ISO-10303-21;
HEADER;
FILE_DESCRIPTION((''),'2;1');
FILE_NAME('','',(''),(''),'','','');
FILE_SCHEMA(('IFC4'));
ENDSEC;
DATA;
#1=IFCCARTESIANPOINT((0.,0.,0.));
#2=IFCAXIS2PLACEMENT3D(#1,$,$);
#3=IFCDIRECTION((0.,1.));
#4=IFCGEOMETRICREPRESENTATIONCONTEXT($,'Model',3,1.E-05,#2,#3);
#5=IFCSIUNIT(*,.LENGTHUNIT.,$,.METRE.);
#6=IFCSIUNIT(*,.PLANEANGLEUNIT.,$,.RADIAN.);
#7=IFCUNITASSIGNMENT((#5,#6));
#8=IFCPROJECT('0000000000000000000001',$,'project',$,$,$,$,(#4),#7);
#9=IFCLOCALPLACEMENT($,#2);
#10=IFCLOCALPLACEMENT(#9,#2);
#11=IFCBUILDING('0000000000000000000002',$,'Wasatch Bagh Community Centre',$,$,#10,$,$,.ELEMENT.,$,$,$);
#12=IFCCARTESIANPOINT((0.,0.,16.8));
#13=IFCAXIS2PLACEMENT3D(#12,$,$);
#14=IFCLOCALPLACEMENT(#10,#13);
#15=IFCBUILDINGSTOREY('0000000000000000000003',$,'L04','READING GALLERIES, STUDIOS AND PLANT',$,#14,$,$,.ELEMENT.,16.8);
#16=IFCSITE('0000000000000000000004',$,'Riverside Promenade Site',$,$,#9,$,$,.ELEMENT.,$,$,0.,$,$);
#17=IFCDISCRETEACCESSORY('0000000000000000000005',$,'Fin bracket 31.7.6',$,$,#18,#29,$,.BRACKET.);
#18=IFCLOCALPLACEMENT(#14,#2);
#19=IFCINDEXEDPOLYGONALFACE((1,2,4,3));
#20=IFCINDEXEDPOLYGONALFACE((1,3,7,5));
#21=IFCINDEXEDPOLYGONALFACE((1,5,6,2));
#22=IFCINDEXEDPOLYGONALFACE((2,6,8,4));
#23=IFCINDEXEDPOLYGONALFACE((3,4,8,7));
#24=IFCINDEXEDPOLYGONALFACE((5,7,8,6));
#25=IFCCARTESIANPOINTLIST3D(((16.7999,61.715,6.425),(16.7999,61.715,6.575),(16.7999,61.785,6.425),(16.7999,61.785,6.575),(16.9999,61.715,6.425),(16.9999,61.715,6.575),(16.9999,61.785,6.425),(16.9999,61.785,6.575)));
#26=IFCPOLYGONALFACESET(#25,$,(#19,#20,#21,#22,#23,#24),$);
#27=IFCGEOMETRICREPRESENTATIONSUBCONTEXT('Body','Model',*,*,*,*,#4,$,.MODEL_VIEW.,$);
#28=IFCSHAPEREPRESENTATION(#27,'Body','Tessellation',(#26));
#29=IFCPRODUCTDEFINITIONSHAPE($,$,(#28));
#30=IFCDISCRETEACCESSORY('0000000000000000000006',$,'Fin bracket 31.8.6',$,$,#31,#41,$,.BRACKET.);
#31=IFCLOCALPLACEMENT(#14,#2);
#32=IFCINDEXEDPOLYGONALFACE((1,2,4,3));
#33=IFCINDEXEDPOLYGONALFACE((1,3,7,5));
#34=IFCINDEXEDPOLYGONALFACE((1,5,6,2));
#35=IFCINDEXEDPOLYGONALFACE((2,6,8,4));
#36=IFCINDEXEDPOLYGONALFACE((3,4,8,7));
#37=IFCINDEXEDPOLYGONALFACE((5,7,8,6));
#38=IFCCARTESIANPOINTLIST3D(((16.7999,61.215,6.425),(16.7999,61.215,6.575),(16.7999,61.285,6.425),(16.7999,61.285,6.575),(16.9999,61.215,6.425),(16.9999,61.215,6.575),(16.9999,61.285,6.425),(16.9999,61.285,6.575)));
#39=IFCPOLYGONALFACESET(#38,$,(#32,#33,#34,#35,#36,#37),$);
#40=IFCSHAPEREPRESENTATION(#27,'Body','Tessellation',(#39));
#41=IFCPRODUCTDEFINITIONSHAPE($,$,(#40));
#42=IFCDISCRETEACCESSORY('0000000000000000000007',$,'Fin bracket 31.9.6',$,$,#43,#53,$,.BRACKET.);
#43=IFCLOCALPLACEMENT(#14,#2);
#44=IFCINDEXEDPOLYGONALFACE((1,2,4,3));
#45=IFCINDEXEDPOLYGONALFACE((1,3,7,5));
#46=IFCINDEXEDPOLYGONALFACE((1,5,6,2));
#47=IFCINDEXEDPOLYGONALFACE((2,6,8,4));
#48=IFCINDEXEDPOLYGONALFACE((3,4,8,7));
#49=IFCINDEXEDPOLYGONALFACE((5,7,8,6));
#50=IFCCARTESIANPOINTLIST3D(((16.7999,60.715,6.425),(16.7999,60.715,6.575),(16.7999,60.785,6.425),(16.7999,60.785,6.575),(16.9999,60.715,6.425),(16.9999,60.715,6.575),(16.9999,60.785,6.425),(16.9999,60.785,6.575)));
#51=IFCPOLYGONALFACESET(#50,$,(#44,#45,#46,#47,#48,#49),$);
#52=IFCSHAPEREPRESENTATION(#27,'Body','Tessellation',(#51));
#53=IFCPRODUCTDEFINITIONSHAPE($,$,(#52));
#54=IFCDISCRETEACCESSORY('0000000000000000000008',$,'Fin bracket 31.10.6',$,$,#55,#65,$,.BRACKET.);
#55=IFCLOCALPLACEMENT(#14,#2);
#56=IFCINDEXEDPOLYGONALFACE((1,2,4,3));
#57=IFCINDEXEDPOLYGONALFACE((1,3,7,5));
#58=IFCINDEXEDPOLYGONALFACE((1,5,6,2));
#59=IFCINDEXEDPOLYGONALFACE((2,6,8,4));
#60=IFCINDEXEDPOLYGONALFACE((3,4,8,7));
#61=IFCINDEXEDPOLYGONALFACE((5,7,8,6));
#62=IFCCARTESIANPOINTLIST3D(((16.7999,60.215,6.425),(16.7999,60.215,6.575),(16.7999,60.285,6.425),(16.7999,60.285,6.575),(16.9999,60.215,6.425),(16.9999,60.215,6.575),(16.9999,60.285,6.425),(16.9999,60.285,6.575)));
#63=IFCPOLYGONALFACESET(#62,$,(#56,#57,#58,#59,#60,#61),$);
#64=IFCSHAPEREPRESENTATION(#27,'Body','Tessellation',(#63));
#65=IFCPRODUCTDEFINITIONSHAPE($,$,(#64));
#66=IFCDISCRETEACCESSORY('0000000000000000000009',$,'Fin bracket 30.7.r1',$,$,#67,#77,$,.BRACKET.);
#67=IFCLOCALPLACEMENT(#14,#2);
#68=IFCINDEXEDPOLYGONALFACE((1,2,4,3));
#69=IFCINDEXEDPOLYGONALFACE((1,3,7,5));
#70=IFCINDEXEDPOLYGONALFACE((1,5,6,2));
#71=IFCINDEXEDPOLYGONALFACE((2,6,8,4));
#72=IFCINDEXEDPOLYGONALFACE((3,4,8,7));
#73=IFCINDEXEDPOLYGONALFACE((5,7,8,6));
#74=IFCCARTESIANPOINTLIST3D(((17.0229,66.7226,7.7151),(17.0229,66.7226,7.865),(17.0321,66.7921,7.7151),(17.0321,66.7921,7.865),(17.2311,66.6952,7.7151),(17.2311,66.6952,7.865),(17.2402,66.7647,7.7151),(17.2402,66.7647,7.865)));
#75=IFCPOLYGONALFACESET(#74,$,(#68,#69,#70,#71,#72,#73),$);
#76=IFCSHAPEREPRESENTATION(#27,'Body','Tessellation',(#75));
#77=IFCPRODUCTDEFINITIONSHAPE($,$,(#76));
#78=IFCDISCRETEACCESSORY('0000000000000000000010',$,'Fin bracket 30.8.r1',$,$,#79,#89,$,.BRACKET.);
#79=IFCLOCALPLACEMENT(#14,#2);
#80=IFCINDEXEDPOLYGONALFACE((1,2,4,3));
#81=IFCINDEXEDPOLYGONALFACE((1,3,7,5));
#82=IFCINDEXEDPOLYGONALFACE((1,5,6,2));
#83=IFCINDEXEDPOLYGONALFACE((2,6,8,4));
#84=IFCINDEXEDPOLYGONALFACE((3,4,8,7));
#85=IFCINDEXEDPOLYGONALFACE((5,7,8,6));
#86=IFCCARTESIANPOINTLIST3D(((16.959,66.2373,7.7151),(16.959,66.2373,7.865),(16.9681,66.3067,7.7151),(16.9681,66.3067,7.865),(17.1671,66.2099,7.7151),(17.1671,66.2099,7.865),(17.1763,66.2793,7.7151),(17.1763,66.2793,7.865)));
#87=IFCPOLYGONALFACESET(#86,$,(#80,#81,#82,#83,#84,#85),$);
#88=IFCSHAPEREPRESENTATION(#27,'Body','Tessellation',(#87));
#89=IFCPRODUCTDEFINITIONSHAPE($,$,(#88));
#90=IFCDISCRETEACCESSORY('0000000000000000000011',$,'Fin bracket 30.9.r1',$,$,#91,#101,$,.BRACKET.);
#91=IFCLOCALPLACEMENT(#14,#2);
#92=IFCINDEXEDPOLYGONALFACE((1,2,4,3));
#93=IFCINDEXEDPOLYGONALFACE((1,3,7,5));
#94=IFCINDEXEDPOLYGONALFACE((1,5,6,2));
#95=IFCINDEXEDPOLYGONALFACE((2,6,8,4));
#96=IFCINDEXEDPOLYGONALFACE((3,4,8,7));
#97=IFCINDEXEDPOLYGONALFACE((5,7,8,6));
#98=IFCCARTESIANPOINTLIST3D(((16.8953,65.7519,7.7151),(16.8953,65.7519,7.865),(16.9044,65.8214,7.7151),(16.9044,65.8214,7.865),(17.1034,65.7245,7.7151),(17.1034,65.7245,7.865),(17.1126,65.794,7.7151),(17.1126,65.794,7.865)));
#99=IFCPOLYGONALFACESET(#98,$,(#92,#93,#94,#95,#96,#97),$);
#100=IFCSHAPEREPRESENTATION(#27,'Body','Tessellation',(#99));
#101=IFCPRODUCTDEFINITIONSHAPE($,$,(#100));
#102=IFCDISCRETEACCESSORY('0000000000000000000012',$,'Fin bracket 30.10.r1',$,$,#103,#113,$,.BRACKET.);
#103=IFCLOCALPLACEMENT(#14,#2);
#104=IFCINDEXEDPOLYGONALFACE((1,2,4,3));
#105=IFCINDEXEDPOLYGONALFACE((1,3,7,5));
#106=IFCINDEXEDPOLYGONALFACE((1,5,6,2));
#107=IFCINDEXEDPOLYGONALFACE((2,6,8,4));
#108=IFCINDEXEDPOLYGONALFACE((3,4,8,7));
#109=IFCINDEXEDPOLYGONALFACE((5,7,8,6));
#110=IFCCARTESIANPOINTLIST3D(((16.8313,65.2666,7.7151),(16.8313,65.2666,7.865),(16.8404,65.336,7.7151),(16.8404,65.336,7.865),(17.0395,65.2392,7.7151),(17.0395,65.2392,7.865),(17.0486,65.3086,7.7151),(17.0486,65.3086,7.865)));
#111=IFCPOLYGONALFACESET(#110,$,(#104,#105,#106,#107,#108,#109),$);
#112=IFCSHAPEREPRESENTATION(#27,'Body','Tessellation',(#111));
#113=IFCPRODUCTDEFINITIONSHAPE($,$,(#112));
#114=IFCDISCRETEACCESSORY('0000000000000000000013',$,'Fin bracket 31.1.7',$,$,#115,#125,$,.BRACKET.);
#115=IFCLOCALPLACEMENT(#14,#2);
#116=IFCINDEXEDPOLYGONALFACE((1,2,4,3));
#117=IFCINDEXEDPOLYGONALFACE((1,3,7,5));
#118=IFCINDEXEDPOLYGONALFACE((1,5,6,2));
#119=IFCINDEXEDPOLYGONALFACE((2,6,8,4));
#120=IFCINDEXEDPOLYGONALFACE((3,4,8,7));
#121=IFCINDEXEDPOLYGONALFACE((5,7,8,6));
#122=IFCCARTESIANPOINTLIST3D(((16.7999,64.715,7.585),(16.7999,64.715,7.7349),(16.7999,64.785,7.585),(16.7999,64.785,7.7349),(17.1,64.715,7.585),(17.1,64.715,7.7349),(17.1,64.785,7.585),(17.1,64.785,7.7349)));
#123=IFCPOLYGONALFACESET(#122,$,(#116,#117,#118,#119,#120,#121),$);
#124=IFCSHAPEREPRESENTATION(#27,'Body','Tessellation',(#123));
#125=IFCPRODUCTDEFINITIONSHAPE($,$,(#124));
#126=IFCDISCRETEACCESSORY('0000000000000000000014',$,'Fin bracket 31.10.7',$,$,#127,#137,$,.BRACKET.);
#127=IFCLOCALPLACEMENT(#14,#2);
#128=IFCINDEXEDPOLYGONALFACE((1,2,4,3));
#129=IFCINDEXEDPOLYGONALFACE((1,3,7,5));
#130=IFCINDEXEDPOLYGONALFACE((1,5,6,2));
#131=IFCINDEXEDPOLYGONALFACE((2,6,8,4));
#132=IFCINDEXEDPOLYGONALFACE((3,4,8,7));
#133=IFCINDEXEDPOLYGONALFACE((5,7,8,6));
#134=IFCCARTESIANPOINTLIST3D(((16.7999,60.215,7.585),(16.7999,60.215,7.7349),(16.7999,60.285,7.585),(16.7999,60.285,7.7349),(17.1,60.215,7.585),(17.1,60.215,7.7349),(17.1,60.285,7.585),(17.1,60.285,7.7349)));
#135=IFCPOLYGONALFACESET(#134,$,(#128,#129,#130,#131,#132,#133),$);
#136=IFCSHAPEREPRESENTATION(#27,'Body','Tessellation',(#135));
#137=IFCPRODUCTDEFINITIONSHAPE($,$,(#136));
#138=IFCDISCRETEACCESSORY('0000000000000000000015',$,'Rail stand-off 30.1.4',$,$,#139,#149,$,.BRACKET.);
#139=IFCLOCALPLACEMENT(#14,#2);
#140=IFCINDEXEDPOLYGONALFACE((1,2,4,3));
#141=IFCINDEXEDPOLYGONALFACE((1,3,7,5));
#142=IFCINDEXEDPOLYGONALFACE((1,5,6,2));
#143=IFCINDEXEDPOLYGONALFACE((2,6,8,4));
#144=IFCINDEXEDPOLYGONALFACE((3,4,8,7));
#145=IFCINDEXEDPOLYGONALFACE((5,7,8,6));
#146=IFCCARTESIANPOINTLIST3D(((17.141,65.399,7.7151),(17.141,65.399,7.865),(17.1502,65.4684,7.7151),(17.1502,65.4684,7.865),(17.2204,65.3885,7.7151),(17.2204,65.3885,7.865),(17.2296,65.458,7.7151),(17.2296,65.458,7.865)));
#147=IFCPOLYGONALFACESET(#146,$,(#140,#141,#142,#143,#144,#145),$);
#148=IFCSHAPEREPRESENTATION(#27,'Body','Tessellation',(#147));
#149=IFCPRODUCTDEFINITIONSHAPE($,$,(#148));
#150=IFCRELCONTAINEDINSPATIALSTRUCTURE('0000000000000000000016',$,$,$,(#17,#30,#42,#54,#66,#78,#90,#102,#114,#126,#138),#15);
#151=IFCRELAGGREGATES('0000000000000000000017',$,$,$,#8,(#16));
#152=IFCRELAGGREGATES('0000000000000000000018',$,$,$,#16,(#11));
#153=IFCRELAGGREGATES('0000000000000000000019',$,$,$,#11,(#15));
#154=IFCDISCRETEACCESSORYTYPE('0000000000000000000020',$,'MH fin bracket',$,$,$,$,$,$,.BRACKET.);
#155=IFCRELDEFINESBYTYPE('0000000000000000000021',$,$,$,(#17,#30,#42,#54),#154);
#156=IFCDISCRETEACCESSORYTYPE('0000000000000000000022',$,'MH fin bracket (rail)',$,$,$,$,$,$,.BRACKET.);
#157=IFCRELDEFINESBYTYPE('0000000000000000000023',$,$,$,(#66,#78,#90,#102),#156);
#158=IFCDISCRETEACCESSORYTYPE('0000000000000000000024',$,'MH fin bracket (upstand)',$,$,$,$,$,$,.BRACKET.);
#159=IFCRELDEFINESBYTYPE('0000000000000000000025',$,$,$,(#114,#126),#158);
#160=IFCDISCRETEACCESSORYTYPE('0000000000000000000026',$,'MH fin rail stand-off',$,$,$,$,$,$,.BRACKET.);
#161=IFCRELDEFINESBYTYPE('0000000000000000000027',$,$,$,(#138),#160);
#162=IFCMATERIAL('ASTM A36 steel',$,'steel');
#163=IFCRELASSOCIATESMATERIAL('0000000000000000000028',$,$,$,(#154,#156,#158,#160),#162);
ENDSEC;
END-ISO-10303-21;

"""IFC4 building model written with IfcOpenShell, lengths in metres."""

from ifc_helpers import new_model, si_unit, direction, frame, origin, origin_2d, place, context, subcontext, project, spatial, rectangle, extrude, material, type_object, element, save


model = new_model("IFC4")

# Units and contexts
model_context = context("Model", 3, precision=1e-05, world=origin(), true_north=direction((0.0, 1.0)))
body_context = subcontext(model_context, "Body", "Model", "MODEL_VIEW")
ifc_project = project(units=[si_unit("LENGTHUNIT", "METRE"), si_unit("PLANEANGLEUNIT", "RADIAN")], contexts=[model_context])

# Site, building, storey
site_placement = place(None, origin())
site = spatial("IfcSite", under=ifc_project, at=site_placement, Name="Riverside Promenade Site", CompositionType="ELEMENT", RefElevation=0.0)
building_placement = place(site_placement, origin())
building = spatial("IfcBuilding", under=site, at=building_placement, Name="Wasatch Bagh Community Centre", CompositionType="ELEMENT")
storey_placement = place(building_placement, frame((0.0, 0.0, 16.8)))
storey = spatial("IfcBuildingStorey", under=building, at=storey_placement, Name="L04", Description="READING GALLERIES, STUDIOS AND PLANT", CompositionType="ELEMENT", Elevation=16.8)

# Shared definitions
ifc_material_1 = material(Name="ASTM A36 steel", Category="steel")

# Discrete accessories
discrete_accessory_type_1 = type_object("IfcDiscreteAccessoryType", Name="MH fin bracket", PredefinedType="BRACKET", material=ifc_material_1)
for number, where, z_axis, x_axis, name in (
    (1, (16.8999, 61.75, 6.425), (0.0, 0.0, 1.0), (0.0, -1.0, 0.0), "Fin bracket 31.7.6"),
    (2, (16.8999, 61.25, 6.425), (0.0, 0.0, 1.0), (0.0, -1.0, 0.0), "Fin bracket 31.8.6"),
    (3, (16.8999, 60.75, 6.425), (0.0, 0.0, 1.0), (0.0, -1.0, 0.0), "Fin bracket 31.9.6"),
    (4, (16.8999, 60.25, 6.425), (0.0, 0.0, 1.0), (0.0, -1.0, 0.0), "Fin bracket 31.10.6"),
):
    element("IfcDiscreteAccessory", number, at=place(storey_placement, frame(where, z_axis=z_axis, x_axis=x_axis)), inside=storey, type_object=discrete_accessory_type_1, Name=name, PredefinedType="BRACKET", context=body_context, shape_type="SweptSolid", body=[
        extrude(rectangle(XDim=0.0701, YDim=0.2, at=origin_2d()), origin(), (0.0, 0.0, 1.0), 0.1499),
    ])
discrete_accessory_type_2 = type_object("IfcDiscreteAccessoryType", Name="MH fin bracket (rail)", PredefinedType="BRACKET", material=ifc_material_1)
for number, where, z_axis, x_axis, name in (
    (5, (17.1316, 66.7437, 7.7151), (0.0, 0.0, 1.0), (-0.130526, -0.991445, 0.0), "Fin bracket 30.7.r1"),
    (6, (17.0676, 66.2583, 7.7151), (0.0, 0.0, 1.0), (-0.130526, -0.991445, 0.0), "Fin bracket 30.8.r1"),
    (7, (17.0039, 65.7729, 7.7151), (0.0, 0.0, 1.0), (-0.130526, -0.991445, 0.0), "Fin bracket 30.9.r1"),
    (8, (16.9399, 65.2876, 7.7151), (0.0, 0.0, 1.0), (-0.130526, -0.991445, 0.0), "Fin bracket 30.10.r1"),
):
    element("IfcDiscreteAccessory", number, at=place(storey_placement, frame(where, z_axis=z_axis, x_axis=x_axis)), inside=storey, type_object=discrete_accessory_type_2, Name=name, PredefinedType="BRACKET", context=body_context, shape_type="SweptSolid", body=[
        extrude(rectangle(XDim=0.0701, YDim=0.21, at=origin_2d()), origin(), (0.0, 0.0, 1.0), 0.1499),
    ])
discrete_accessory_type_3 = type_object("IfcDiscreteAccessoryType", Name="MH fin bracket (upstand)", PredefinedType="BRACKET", material=ifc_material_1)
for number, where, z_axis, x_axis, name in (
    (9, (16.95, 64.75, 7.585), (0.0, 0.0, 1.0), (0.0, -1.0, 0.0), "Fin bracket 31.1.7"),
    (10, (16.95, 60.25, 7.585), (0.0, 0.0, 1.0), (0.0, -1.0, 0.0), "Fin bracket 31.10.7"),
):
    element("IfcDiscreteAccessory", number, at=place(storey_placement, frame(where, z_axis=z_axis, x_axis=x_axis)), inside=storey, type_object=discrete_accessory_type_3, Name=name, PredefinedType="BRACKET", context=body_context, shape_type="SweptSolid", body=[
        extrude(rectangle(XDim=0.0701, YDim=0.3, at=origin_2d()), origin(), (0.0, 0.0, 1.0), 0.1499),
    ])
discrete_accessory_type_4 = type_object("IfcDiscreteAccessoryType", Name="MH fin rail stand-off", PredefinedType="BRACKET", material=ifc_material_1)
discrete_accessory_placement = place(storey_placement, frame((17.1853, 65.4285, 7.7151), z_axis=(0.0, 0.0, 1.0), x_axis=(-0.130526, -0.991445, 0.0)))
element("IfcDiscreteAccessory", 11, at=discrete_accessory_placement, inside=storey, type_object=discrete_accessory_type_4, Name="Rail stand-off 30.1.4", PredefinedType="BRACKET", context=body_context, shape_type="SweptSolid", body=[
    extrude(rectangle(XDim=0.0701, YDim=0.0801, at=origin_2d()), origin(), (0.0, 0.0, 1.0), 0.1499),
])

save(model, "model.ifc")
